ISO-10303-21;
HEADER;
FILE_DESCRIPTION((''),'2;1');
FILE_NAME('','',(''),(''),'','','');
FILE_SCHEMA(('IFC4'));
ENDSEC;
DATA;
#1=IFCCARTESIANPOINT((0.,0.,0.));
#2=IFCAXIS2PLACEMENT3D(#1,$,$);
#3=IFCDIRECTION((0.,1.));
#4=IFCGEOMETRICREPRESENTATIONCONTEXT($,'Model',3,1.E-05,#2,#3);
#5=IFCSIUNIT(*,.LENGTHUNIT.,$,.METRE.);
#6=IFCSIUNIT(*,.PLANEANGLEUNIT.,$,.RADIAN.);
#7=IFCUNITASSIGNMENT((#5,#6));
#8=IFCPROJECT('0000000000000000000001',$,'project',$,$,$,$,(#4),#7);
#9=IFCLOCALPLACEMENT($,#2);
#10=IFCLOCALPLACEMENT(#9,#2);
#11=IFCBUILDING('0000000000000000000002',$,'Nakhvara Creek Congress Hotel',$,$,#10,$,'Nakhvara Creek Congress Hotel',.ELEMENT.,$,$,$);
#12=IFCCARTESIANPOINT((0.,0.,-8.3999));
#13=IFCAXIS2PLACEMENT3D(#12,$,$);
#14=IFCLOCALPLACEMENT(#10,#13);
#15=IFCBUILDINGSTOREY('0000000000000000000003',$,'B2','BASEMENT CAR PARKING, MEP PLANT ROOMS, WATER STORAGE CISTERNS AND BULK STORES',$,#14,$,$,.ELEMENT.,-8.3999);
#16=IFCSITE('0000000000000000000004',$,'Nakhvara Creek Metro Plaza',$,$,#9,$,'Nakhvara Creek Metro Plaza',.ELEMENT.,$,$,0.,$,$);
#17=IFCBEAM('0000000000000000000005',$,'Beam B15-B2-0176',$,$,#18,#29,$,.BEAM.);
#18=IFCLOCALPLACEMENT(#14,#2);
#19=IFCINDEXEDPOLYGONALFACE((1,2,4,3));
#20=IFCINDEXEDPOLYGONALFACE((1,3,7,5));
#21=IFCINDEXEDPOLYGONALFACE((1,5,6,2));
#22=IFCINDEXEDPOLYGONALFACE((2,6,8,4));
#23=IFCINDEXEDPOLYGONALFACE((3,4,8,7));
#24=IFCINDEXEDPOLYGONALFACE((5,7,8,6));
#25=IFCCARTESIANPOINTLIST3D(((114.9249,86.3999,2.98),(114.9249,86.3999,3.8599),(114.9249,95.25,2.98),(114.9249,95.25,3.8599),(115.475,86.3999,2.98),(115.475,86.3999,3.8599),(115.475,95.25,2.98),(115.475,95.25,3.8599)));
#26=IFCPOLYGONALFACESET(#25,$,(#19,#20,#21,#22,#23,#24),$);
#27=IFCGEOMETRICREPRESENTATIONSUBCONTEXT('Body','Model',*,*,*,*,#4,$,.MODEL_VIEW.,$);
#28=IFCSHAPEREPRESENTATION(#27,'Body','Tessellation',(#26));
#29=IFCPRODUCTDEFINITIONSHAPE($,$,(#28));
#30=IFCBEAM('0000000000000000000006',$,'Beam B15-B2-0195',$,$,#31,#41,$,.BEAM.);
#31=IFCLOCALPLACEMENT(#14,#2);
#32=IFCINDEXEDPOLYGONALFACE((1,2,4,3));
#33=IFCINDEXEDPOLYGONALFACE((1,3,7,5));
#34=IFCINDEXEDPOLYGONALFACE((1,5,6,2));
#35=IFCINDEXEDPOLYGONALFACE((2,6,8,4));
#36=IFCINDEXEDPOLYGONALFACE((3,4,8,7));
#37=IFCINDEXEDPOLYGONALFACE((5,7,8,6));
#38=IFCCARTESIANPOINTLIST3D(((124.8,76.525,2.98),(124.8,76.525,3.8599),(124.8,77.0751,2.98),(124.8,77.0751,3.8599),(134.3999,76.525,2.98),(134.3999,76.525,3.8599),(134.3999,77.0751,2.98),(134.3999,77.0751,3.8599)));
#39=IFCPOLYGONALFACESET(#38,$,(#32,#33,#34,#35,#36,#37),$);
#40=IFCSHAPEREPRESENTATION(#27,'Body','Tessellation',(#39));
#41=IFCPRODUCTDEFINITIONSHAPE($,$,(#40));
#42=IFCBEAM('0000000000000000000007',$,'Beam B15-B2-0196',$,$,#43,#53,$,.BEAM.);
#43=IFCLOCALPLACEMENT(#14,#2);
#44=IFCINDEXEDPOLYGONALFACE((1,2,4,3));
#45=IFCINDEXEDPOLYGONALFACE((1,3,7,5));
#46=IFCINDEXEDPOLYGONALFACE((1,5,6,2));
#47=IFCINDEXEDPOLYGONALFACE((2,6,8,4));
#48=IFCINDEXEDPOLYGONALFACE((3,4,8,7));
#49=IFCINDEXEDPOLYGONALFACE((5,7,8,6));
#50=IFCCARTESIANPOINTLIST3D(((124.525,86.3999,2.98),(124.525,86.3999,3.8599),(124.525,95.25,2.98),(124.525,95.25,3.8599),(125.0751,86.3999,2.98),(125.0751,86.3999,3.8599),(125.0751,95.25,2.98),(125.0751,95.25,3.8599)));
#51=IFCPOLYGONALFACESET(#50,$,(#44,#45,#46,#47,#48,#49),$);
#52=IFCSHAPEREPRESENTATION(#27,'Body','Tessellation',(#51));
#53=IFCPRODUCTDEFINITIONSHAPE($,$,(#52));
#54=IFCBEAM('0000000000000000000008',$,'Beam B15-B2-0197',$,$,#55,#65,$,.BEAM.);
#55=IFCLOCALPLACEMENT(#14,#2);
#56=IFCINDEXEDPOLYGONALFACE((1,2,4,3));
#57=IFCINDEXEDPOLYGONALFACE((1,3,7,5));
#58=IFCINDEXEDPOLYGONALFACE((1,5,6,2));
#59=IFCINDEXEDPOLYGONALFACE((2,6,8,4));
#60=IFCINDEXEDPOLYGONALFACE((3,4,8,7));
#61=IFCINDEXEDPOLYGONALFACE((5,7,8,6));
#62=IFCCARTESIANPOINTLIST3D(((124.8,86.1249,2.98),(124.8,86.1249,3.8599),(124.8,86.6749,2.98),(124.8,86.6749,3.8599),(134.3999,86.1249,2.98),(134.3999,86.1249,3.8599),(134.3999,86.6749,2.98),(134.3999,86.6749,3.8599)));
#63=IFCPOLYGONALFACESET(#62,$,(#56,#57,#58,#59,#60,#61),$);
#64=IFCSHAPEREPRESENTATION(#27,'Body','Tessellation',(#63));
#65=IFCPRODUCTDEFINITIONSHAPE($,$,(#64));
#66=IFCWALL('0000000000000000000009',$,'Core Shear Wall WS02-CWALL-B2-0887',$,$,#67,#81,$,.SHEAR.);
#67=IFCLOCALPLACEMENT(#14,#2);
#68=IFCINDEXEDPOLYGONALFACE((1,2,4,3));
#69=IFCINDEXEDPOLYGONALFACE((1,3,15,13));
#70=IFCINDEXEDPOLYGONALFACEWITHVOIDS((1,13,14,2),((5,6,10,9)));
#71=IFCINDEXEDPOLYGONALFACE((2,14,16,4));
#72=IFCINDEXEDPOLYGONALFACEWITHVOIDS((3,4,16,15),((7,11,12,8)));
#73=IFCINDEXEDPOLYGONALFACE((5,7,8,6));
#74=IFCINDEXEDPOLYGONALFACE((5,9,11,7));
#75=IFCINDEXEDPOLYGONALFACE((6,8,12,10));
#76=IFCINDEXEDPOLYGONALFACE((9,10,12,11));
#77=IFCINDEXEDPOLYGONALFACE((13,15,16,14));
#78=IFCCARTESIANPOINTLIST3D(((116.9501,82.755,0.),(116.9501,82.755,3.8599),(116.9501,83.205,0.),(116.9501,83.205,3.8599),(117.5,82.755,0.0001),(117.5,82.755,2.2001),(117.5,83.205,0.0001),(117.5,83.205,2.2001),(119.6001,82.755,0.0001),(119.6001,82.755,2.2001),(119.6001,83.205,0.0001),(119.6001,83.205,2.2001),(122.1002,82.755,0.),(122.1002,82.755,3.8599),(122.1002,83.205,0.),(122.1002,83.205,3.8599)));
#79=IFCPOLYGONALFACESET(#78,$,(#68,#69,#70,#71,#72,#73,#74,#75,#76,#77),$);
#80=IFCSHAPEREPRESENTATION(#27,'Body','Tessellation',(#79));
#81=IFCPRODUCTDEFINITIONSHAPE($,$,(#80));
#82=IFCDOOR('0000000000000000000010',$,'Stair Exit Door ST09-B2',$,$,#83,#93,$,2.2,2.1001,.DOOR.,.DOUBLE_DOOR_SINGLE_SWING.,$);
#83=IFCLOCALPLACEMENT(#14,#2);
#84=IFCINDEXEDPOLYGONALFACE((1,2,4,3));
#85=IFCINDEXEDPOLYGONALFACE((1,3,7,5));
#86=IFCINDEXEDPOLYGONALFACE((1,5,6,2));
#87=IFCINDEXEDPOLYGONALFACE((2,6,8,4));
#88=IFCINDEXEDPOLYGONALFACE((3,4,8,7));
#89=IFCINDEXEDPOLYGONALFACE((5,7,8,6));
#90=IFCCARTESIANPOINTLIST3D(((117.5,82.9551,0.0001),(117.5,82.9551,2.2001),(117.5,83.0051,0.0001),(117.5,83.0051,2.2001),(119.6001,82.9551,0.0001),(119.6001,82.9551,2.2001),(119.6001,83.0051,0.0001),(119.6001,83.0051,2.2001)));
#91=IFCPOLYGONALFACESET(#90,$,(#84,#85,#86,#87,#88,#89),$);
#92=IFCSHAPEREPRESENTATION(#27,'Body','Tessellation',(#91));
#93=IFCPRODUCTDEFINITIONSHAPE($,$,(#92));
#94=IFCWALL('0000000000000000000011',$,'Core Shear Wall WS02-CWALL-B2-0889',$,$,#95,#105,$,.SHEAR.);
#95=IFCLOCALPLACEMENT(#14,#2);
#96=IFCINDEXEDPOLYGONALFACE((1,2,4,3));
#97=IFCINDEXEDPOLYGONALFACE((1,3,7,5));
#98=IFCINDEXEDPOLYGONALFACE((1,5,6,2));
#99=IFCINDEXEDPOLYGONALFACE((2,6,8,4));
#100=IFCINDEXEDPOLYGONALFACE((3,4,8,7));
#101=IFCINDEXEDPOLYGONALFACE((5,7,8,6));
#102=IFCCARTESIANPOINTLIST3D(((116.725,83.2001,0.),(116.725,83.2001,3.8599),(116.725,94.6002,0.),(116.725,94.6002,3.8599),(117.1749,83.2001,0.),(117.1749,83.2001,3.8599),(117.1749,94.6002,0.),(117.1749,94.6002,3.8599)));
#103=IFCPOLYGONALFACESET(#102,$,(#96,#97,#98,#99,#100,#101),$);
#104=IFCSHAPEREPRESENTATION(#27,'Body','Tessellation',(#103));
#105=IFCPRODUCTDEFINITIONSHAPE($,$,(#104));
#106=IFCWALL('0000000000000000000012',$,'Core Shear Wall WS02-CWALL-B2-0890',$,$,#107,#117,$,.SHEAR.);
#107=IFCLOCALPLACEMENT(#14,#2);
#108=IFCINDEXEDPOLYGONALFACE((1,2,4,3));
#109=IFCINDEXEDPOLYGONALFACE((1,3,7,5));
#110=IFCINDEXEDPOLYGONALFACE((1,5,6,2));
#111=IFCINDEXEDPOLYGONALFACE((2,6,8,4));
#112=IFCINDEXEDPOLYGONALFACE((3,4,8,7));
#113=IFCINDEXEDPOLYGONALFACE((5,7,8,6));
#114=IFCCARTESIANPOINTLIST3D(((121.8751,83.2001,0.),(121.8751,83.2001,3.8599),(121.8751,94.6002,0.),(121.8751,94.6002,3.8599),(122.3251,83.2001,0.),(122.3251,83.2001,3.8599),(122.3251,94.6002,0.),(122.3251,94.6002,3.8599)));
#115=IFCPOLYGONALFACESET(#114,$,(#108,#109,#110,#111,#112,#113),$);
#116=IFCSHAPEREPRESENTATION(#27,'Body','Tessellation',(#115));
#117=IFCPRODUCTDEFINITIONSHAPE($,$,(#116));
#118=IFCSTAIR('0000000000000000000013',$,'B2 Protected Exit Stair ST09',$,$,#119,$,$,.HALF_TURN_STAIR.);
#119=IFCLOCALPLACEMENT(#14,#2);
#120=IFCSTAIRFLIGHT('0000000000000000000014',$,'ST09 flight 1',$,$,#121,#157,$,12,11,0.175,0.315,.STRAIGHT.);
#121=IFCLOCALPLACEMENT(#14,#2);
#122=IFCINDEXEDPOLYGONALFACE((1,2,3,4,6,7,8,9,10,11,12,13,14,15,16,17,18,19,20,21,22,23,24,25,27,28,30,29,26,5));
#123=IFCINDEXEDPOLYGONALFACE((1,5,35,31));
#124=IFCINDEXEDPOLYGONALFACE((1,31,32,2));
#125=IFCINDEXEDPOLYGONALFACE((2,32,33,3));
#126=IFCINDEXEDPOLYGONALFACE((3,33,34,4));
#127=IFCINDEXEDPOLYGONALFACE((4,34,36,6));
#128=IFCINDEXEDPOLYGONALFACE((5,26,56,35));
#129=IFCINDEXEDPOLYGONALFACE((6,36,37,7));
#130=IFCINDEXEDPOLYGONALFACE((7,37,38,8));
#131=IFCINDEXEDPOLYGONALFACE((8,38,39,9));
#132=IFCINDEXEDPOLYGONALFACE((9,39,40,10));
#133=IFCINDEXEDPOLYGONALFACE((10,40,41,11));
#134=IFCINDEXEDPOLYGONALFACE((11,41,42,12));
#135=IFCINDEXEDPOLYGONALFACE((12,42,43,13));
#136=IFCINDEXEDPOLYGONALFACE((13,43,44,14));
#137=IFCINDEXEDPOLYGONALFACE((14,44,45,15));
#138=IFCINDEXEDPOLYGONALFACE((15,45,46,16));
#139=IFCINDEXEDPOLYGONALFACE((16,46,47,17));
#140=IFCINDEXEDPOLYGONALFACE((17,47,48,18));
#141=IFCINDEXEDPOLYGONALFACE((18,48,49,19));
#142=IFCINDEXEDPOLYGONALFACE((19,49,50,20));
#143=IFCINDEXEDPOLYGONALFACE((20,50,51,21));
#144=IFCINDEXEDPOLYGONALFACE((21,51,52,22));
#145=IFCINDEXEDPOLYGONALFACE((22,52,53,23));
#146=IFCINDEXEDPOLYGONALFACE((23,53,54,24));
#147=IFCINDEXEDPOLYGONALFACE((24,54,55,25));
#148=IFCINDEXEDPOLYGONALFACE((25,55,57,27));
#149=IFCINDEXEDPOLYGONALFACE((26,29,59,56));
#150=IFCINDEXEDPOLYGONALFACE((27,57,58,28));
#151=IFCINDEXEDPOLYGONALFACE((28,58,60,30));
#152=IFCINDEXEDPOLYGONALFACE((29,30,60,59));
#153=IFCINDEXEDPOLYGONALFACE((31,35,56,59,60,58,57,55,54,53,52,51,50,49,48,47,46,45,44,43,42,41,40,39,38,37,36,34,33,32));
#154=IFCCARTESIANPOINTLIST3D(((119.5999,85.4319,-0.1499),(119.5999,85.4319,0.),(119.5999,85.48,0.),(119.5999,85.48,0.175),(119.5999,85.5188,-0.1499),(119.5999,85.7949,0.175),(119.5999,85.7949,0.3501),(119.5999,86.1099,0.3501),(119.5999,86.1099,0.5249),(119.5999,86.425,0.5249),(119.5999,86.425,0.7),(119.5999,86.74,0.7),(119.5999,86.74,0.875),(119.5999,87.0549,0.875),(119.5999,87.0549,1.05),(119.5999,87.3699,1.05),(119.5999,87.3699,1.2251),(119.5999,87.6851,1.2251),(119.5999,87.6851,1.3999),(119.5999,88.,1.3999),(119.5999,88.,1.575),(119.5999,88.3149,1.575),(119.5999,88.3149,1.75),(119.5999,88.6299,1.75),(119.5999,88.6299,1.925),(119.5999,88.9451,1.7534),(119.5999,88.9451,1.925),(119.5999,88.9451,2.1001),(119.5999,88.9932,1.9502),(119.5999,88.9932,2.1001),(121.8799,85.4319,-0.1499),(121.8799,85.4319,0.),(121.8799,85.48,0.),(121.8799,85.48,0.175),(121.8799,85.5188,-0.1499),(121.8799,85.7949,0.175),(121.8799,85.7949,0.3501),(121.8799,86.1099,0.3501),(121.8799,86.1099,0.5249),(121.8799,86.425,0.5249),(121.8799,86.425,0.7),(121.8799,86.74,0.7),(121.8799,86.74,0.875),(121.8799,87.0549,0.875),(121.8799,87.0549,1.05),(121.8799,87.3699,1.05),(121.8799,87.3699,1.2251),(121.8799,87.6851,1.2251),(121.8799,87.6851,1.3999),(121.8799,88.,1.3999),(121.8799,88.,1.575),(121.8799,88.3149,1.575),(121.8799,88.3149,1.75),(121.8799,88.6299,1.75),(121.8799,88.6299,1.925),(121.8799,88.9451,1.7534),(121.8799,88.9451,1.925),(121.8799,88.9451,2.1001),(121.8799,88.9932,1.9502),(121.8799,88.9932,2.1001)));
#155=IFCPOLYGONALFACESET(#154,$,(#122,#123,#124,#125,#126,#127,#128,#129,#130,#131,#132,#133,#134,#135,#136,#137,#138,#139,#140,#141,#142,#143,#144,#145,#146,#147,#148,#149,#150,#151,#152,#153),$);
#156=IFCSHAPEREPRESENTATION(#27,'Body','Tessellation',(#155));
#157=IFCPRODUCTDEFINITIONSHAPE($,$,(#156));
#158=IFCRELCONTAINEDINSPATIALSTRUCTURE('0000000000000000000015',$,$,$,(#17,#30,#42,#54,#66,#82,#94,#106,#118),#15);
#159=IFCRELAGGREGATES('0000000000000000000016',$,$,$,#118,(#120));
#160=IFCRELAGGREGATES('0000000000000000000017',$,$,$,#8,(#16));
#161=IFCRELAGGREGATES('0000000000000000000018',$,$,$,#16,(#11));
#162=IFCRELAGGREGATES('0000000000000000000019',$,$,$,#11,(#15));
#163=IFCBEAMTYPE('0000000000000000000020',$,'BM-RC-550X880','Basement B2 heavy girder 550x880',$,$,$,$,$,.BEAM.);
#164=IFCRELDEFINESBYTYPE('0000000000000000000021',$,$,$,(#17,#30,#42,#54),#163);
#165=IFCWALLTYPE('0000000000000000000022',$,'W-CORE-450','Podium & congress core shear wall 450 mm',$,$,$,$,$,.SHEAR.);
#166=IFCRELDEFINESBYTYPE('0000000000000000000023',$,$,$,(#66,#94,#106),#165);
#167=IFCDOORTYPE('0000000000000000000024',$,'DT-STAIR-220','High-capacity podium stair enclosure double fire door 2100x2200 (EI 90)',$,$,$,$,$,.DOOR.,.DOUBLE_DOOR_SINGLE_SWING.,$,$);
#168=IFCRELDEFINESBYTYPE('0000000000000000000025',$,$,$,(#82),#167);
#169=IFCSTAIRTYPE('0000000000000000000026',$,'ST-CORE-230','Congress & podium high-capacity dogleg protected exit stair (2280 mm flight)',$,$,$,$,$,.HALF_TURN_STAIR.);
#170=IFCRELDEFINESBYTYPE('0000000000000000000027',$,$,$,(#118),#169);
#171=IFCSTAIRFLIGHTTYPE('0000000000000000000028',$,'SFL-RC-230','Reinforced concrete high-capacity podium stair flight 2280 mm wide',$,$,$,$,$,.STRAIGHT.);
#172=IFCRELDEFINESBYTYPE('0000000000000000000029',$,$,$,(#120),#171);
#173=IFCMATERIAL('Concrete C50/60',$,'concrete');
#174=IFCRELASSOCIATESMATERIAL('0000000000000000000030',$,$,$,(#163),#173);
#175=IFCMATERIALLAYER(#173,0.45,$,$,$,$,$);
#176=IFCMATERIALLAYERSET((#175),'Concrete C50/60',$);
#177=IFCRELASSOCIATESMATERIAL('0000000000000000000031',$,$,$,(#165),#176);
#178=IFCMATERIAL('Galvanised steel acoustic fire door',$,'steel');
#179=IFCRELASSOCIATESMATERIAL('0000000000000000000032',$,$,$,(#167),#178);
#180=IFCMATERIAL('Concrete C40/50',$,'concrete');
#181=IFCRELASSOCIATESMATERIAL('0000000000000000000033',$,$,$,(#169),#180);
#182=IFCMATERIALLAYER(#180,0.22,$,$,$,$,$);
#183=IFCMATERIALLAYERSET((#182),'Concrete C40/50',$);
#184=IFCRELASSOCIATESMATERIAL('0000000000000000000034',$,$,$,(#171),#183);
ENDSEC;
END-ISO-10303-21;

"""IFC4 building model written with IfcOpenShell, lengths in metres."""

from ifc_helpers import new_model, si_unit, direction, frame, frame_2d, origin, origin_2d, place, context, subcontext, project, spatial, polyline, rectangle, outline, extrude, material, layer, layer_set, material_profile, profile_set, type_object, element, fill, aggregate, save


model = new_model("IFC4")

# Units and contexts
model_context = context("Model", 3, precision=1e-05, world=origin(), true_north=direction((0.0, 1.0)))
body_context = subcontext(model_context, "Body", "Model", "MODEL_VIEW")
ifc_project = project(units=[si_unit("LENGTHUNIT", "METRE"), si_unit("PLANEANGLEUNIT", "RADIAN")], contexts=[model_context])

# Site, building, storey
site_placement = place(None, origin())
site = spatial("IfcSite", under=ifc_project, at=site_placement, Name="Nakhvara Creek Metro Plaza", LongName="Nakhvara Creek Metro Plaza", CompositionType="ELEMENT", RefElevation=0.0)
building_placement = place(site_placement, origin())
building = spatial("IfcBuilding", under=site, at=building_placement, Name="Nakhvara Creek Congress Hotel", LongName="Nakhvara Creek Congress Hotel", CompositionType="ELEMENT")
storey_placement = place(building_placement, frame((0.0, 0.0, -8.3999)))
storey = spatial("IfcBuildingStorey", under=building, at=storey_placement, Name="B2", Description="BASEMENT CAR PARKING, MEP PLANT ROOMS, WATER STORAGE CISTERNS AND BULK STORES", CompositionType="ELEMENT", Elevation=-8.3999)

# Shared definitions
ifc_material_1 = material(Name="Concrete C40/50", Category="concrete")

# Shared definitions
ifc_material_2 = material(Name="Concrete C50/60", Category="concrete")

# Beams
ifc_material_profile_1 = material_profile(ifc_material_2, rectangle(XDim=0.55, YDim=0.8799, at=origin_2d()), Name="RC-BM 550x880", Category="LoadBearing")
ifc_profile_set_1 = profile_set([ifc_material_profile_1], Name="Concrete C50/60")
beam_type_1 = type_object("IfcBeamType", Name="BM-RC-550X880", Description="Basement B2 heavy girder 550x880", PredefinedType="BEAM", material=ifc_profile_set_1)
beam_1_placement = place(storey_placement, frame((115.2, 86.3999, 3.4199), z_axis=(0.0, 1.0, 0.0), x_axis=(-1.0, 0.0, 0.0)))
element("IfcBeam", 1, at=beam_1_placement, inside=storey, type_object=beam_type_1, Name="Beam B15-B2-0176", PredefinedType="BEAM", context=body_context, shape_type="SweptSolid", body=[
    extrude(rectangle(XDim=0.55, YDim=0.8799, at=origin_2d()), origin(), (0.0, 0.0, 1.0), 8.8501),
])
beam_2_placement = place(storey_placement, frame((124.8, 76.8, 3.4199), z_axis=(1.0, 0.0, 0.0), x_axis=(0.0, 1.0, 0.0)))
element("IfcBeam", 2, at=beam_2_placement, inside=storey, type_object=beam_type_1, Name="Beam B15-B2-0195", PredefinedType="BEAM", context=body_context, shape_type="SweptSolid", body=[
    extrude(rectangle(XDim=0.55, YDim=0.8799, at=origin_2d()), origin(), (0.0, 0.0, 1.0), 9.5999),
])
beam_3_placement = place(storey_placement, frame((124.8, 86.3999, 3.4199), z_axis=(0.0, 1.0, 0.0), x_axis=(-1.0, 0.0, 0.0)))
element("IfcBeam", 3, at=beam_3_placement, inside=storey, type_object=beam_type_1, Name="Beam B15-B2-0196", PredefinedType="BEAM", context=body_context, shape_type="SweptSolid", body=[
    extrude(rectangle(XDim=0.55, YDim=0.8799, at=origin_2d()), origin(), (0.0, 0.0, 1.0), 8.8501),
])
beam_4_placement = place(storey_placement, frame((124.8, 86.3999, 3.4199), z_axis=(1.0, 0.0, 0.0), x_axis=(0.0, 1.0, 0.0)))
element("IfcBeam", 4, at=beam_4_placement, inside=storey, type_object=beam_type_1, Name="Beam B15-B2-0197", PredefinedType="BEAM", context=body_context, shape_type="SweptSolid", body=[
    extrude(rectangle(XDim=0.55, YDim=0.8799, at=origin_2d()), origin(), (0.0, 0.0, 1.0), 9.5999),
])

# Wall, opening, door
ifc_layer_1 = layer(ifc_material_2, 0.45)
ifc_layer_set_1 = layer_set([ifc_layer_1], Name="Concrete C50/60")
wall_type = type_object("IfcWallType", Name="W-CORE-450", Description="Podium & congress core shear wall 450 mm", PredefinedType="SHEAR", material=ifc_layer_set_1)
wall_placement = place(storey_placement, frame((116.95, 82.98, 0.0), z_axis=(0.0, 0.0, 1.0), x_axis=(1.0, 0.0, 0.0)))
wall = element("IfcWall", 5, at=wall_placement, inside=storey, type_object=wall_type, Name="Core Shear Wall WS02-CWALL-B2-0887", PredefinedType="SHEAR", context=body_context, shape_type="SweptSolid", body=[
    extrude(rectangle(XDim=5.1501, YDim=0.45, at=frame_2d((2.5752, 0.0))), origin(), (0.0, 0.0, 1.0), 3.8599),
])
opening_placement = place(wall_placement, frame((0.55, 0.0, 0.0)))
opening = element("IfcOpeningElement", 6, at=opening_placement, cuts=wall, PredefinedType="OPENING", context=body_context, shape_type="SweptSolid", body=[
    extrude(rectangle(XDim=2.1001, YDim=2.2, at=frame_2d((1.05, 1.1001))), frame((0.0, 0.2368, 0.0), z_axis=(0.0, -1.0, 0.0), x_axis=(1.0, 0.0, 0.0)), (0.0, 0.0, 1.0), 0.4739),
])
ifc_material_3 = material(Name="Galvanised steel acoustic fire door", Category="steel")
door_type = type_object("IfcDoorType", Name="DT-STAIR-220", Description="High-capacity podium stair enclosure double fire door 2100x2200 (EI 90)", OperationType="DOUBLE_DOOR_SINGLE_SWING", PredefinedType="DOOR", material=ifc_material_3)
door_placement = place(opening_placement, frame((2.1001, 0.0, 0.0), z_axis=(0.0, 0.0, 1.0), x_axis=(-1.0, 0.0, 0.0)))
door = element("IfcDoor", 7, at=door_placement, inside=storey, type_object=door_type, Name="Stair Exit Door ST09-B2", OperationType="DOUBLE_DOOR_SINGLE_SWING", OverallHeight=2.2, OverallWidth=2.1001, PredefinedType="DOOR", context=body_context, shape_type="SweptSolid", body=[
    extrude(rectangle(XDim=2.1001, YDim=2.2, at=frame_2d((1.05, 1.1001))), frame((0.0, 0.0249, 0.0), z_axis=(0.0, -1.0, 0.0), x_axis=(1.0, 0.0, 0.0)), (0.0, 0.0, 1.0), 0.05),
])
fill(opening, door)

# Walls
for number, where, z_axis, x_axis, name in (
    (8, (116.95, 83.2, 0.0), (0.0, 0.0, 1.0), (0.0, 1.0, 0.0), "Core Shear Wall WS02-CWALL-B2-0889"),
    (9, (122.1001, 83.2, 0.0), (0.0, 0.0, 1.0), (0.0, 1.0, 0.0), "Core Shear Wall WS02-CWALL-B2-0890"),
):
    element("IfcWall", number, at=place(storey_placement, frame(where, z_axis=z_axis, x_axis=x_axis)), inside=storey, type_object=wall_type, Name=name, PredefinedType="SHEAR", context=body_context, shape_type="SweptSolid", body=[
        extrude(rectangle(XDim=11.4001, YDim=0.45, at=frame_2d((5.7002, 0.0))), origin(), (0.0, 0.0, 1.0), 3.8599),
    ])

# Stair, stair flight
stair_type = type_object("IfcStairType", Name="ST-CORE-230", Description="Congress & podium high-capacity dogleg protected exit stair (2280 mm flight)", PredefinedType="HALF_TURN_STAIR", material=ifc_material_1)
stair_placement = place(storey_placement, origin())
stair = element("IfcStair", 10, at=stair_placement, inside=storey, type_object=stair_type, Name="B2 Protected Exit Stair ST09", PredefinedType="HALF_TURN_STAIR")
ifc_layer_2 = layer(ifc_material_1, 0.22)
ifc_layer_set_2 = layer_set([ifc_layer_2], Name="Concrete C40/50")
stair_flight_type = type_object("IfcStairFlightType", Name="SFL-RC-230", Description="Reinforced concrete high-capacity podium stair flight 2280 mm wide", PredefinedType="STRAIGHT", material=ifc_layer_set_2)
stair_flight_placement = place(storey_placement, frame((120.74, 85.48, 0.0), z_axis=(0.0, 0.0, 1.0), x_axis=(0.0, 1.0, 0.0)))
stair_flight = element("IfcStairFlight", 11, at=stair_flight_placement, type_object=stair_flight_type, Name="ST09 flight 1", NumberOfRisers=12, NumberOfTreads=11, PredefinedType="STRAIGHT", RiserHeight=0.175, TreadLength=0.315, context=body_context, shape_type="SweptSolid", body=[
    extrude(outline(polyline([(-0.0481, 0.0), (0.0, 0.0), (0.0, 0.175), (0.3149, 0.175), (0.3149, 0.3501), (0.6299, 0.3501), (0.6299, 0.5249), (0.9451, 0.5249), (0.9451, 0.7), (1.26, 0.7), (1.26, 0.875), (1.575, 0.875), (1.575, 1.05), (1.8899, 1.05), (1.8899, 1.2251), (2.2051, 1.2251), (2.2051, 1.3999), (2.52, 1.3999), (2.52, 1.575), (2.835, 1.575), (2.835, 1.75), (3.1499, 1.75), (3.1499, 1.925), (3.4651, 1.925), (3.4651, 2.1001), (3.5132, 2.1001), (3.5132, 1.9502), (3.4651, 1.7534), (0.0388, -0.1499), (-0.0481, -0.1499), (-0.0481, 0.0)])), frame((0.0, 1.1401, 0.0), z_axis=(0.0, -1.0, 0.0), x_axis=(1.0, 0.0, 0.0)), (0.0, 0.0, 1.0), 2.28),
])
aggregate(stair, [stair_flight])

save(model, "model.ifc")
